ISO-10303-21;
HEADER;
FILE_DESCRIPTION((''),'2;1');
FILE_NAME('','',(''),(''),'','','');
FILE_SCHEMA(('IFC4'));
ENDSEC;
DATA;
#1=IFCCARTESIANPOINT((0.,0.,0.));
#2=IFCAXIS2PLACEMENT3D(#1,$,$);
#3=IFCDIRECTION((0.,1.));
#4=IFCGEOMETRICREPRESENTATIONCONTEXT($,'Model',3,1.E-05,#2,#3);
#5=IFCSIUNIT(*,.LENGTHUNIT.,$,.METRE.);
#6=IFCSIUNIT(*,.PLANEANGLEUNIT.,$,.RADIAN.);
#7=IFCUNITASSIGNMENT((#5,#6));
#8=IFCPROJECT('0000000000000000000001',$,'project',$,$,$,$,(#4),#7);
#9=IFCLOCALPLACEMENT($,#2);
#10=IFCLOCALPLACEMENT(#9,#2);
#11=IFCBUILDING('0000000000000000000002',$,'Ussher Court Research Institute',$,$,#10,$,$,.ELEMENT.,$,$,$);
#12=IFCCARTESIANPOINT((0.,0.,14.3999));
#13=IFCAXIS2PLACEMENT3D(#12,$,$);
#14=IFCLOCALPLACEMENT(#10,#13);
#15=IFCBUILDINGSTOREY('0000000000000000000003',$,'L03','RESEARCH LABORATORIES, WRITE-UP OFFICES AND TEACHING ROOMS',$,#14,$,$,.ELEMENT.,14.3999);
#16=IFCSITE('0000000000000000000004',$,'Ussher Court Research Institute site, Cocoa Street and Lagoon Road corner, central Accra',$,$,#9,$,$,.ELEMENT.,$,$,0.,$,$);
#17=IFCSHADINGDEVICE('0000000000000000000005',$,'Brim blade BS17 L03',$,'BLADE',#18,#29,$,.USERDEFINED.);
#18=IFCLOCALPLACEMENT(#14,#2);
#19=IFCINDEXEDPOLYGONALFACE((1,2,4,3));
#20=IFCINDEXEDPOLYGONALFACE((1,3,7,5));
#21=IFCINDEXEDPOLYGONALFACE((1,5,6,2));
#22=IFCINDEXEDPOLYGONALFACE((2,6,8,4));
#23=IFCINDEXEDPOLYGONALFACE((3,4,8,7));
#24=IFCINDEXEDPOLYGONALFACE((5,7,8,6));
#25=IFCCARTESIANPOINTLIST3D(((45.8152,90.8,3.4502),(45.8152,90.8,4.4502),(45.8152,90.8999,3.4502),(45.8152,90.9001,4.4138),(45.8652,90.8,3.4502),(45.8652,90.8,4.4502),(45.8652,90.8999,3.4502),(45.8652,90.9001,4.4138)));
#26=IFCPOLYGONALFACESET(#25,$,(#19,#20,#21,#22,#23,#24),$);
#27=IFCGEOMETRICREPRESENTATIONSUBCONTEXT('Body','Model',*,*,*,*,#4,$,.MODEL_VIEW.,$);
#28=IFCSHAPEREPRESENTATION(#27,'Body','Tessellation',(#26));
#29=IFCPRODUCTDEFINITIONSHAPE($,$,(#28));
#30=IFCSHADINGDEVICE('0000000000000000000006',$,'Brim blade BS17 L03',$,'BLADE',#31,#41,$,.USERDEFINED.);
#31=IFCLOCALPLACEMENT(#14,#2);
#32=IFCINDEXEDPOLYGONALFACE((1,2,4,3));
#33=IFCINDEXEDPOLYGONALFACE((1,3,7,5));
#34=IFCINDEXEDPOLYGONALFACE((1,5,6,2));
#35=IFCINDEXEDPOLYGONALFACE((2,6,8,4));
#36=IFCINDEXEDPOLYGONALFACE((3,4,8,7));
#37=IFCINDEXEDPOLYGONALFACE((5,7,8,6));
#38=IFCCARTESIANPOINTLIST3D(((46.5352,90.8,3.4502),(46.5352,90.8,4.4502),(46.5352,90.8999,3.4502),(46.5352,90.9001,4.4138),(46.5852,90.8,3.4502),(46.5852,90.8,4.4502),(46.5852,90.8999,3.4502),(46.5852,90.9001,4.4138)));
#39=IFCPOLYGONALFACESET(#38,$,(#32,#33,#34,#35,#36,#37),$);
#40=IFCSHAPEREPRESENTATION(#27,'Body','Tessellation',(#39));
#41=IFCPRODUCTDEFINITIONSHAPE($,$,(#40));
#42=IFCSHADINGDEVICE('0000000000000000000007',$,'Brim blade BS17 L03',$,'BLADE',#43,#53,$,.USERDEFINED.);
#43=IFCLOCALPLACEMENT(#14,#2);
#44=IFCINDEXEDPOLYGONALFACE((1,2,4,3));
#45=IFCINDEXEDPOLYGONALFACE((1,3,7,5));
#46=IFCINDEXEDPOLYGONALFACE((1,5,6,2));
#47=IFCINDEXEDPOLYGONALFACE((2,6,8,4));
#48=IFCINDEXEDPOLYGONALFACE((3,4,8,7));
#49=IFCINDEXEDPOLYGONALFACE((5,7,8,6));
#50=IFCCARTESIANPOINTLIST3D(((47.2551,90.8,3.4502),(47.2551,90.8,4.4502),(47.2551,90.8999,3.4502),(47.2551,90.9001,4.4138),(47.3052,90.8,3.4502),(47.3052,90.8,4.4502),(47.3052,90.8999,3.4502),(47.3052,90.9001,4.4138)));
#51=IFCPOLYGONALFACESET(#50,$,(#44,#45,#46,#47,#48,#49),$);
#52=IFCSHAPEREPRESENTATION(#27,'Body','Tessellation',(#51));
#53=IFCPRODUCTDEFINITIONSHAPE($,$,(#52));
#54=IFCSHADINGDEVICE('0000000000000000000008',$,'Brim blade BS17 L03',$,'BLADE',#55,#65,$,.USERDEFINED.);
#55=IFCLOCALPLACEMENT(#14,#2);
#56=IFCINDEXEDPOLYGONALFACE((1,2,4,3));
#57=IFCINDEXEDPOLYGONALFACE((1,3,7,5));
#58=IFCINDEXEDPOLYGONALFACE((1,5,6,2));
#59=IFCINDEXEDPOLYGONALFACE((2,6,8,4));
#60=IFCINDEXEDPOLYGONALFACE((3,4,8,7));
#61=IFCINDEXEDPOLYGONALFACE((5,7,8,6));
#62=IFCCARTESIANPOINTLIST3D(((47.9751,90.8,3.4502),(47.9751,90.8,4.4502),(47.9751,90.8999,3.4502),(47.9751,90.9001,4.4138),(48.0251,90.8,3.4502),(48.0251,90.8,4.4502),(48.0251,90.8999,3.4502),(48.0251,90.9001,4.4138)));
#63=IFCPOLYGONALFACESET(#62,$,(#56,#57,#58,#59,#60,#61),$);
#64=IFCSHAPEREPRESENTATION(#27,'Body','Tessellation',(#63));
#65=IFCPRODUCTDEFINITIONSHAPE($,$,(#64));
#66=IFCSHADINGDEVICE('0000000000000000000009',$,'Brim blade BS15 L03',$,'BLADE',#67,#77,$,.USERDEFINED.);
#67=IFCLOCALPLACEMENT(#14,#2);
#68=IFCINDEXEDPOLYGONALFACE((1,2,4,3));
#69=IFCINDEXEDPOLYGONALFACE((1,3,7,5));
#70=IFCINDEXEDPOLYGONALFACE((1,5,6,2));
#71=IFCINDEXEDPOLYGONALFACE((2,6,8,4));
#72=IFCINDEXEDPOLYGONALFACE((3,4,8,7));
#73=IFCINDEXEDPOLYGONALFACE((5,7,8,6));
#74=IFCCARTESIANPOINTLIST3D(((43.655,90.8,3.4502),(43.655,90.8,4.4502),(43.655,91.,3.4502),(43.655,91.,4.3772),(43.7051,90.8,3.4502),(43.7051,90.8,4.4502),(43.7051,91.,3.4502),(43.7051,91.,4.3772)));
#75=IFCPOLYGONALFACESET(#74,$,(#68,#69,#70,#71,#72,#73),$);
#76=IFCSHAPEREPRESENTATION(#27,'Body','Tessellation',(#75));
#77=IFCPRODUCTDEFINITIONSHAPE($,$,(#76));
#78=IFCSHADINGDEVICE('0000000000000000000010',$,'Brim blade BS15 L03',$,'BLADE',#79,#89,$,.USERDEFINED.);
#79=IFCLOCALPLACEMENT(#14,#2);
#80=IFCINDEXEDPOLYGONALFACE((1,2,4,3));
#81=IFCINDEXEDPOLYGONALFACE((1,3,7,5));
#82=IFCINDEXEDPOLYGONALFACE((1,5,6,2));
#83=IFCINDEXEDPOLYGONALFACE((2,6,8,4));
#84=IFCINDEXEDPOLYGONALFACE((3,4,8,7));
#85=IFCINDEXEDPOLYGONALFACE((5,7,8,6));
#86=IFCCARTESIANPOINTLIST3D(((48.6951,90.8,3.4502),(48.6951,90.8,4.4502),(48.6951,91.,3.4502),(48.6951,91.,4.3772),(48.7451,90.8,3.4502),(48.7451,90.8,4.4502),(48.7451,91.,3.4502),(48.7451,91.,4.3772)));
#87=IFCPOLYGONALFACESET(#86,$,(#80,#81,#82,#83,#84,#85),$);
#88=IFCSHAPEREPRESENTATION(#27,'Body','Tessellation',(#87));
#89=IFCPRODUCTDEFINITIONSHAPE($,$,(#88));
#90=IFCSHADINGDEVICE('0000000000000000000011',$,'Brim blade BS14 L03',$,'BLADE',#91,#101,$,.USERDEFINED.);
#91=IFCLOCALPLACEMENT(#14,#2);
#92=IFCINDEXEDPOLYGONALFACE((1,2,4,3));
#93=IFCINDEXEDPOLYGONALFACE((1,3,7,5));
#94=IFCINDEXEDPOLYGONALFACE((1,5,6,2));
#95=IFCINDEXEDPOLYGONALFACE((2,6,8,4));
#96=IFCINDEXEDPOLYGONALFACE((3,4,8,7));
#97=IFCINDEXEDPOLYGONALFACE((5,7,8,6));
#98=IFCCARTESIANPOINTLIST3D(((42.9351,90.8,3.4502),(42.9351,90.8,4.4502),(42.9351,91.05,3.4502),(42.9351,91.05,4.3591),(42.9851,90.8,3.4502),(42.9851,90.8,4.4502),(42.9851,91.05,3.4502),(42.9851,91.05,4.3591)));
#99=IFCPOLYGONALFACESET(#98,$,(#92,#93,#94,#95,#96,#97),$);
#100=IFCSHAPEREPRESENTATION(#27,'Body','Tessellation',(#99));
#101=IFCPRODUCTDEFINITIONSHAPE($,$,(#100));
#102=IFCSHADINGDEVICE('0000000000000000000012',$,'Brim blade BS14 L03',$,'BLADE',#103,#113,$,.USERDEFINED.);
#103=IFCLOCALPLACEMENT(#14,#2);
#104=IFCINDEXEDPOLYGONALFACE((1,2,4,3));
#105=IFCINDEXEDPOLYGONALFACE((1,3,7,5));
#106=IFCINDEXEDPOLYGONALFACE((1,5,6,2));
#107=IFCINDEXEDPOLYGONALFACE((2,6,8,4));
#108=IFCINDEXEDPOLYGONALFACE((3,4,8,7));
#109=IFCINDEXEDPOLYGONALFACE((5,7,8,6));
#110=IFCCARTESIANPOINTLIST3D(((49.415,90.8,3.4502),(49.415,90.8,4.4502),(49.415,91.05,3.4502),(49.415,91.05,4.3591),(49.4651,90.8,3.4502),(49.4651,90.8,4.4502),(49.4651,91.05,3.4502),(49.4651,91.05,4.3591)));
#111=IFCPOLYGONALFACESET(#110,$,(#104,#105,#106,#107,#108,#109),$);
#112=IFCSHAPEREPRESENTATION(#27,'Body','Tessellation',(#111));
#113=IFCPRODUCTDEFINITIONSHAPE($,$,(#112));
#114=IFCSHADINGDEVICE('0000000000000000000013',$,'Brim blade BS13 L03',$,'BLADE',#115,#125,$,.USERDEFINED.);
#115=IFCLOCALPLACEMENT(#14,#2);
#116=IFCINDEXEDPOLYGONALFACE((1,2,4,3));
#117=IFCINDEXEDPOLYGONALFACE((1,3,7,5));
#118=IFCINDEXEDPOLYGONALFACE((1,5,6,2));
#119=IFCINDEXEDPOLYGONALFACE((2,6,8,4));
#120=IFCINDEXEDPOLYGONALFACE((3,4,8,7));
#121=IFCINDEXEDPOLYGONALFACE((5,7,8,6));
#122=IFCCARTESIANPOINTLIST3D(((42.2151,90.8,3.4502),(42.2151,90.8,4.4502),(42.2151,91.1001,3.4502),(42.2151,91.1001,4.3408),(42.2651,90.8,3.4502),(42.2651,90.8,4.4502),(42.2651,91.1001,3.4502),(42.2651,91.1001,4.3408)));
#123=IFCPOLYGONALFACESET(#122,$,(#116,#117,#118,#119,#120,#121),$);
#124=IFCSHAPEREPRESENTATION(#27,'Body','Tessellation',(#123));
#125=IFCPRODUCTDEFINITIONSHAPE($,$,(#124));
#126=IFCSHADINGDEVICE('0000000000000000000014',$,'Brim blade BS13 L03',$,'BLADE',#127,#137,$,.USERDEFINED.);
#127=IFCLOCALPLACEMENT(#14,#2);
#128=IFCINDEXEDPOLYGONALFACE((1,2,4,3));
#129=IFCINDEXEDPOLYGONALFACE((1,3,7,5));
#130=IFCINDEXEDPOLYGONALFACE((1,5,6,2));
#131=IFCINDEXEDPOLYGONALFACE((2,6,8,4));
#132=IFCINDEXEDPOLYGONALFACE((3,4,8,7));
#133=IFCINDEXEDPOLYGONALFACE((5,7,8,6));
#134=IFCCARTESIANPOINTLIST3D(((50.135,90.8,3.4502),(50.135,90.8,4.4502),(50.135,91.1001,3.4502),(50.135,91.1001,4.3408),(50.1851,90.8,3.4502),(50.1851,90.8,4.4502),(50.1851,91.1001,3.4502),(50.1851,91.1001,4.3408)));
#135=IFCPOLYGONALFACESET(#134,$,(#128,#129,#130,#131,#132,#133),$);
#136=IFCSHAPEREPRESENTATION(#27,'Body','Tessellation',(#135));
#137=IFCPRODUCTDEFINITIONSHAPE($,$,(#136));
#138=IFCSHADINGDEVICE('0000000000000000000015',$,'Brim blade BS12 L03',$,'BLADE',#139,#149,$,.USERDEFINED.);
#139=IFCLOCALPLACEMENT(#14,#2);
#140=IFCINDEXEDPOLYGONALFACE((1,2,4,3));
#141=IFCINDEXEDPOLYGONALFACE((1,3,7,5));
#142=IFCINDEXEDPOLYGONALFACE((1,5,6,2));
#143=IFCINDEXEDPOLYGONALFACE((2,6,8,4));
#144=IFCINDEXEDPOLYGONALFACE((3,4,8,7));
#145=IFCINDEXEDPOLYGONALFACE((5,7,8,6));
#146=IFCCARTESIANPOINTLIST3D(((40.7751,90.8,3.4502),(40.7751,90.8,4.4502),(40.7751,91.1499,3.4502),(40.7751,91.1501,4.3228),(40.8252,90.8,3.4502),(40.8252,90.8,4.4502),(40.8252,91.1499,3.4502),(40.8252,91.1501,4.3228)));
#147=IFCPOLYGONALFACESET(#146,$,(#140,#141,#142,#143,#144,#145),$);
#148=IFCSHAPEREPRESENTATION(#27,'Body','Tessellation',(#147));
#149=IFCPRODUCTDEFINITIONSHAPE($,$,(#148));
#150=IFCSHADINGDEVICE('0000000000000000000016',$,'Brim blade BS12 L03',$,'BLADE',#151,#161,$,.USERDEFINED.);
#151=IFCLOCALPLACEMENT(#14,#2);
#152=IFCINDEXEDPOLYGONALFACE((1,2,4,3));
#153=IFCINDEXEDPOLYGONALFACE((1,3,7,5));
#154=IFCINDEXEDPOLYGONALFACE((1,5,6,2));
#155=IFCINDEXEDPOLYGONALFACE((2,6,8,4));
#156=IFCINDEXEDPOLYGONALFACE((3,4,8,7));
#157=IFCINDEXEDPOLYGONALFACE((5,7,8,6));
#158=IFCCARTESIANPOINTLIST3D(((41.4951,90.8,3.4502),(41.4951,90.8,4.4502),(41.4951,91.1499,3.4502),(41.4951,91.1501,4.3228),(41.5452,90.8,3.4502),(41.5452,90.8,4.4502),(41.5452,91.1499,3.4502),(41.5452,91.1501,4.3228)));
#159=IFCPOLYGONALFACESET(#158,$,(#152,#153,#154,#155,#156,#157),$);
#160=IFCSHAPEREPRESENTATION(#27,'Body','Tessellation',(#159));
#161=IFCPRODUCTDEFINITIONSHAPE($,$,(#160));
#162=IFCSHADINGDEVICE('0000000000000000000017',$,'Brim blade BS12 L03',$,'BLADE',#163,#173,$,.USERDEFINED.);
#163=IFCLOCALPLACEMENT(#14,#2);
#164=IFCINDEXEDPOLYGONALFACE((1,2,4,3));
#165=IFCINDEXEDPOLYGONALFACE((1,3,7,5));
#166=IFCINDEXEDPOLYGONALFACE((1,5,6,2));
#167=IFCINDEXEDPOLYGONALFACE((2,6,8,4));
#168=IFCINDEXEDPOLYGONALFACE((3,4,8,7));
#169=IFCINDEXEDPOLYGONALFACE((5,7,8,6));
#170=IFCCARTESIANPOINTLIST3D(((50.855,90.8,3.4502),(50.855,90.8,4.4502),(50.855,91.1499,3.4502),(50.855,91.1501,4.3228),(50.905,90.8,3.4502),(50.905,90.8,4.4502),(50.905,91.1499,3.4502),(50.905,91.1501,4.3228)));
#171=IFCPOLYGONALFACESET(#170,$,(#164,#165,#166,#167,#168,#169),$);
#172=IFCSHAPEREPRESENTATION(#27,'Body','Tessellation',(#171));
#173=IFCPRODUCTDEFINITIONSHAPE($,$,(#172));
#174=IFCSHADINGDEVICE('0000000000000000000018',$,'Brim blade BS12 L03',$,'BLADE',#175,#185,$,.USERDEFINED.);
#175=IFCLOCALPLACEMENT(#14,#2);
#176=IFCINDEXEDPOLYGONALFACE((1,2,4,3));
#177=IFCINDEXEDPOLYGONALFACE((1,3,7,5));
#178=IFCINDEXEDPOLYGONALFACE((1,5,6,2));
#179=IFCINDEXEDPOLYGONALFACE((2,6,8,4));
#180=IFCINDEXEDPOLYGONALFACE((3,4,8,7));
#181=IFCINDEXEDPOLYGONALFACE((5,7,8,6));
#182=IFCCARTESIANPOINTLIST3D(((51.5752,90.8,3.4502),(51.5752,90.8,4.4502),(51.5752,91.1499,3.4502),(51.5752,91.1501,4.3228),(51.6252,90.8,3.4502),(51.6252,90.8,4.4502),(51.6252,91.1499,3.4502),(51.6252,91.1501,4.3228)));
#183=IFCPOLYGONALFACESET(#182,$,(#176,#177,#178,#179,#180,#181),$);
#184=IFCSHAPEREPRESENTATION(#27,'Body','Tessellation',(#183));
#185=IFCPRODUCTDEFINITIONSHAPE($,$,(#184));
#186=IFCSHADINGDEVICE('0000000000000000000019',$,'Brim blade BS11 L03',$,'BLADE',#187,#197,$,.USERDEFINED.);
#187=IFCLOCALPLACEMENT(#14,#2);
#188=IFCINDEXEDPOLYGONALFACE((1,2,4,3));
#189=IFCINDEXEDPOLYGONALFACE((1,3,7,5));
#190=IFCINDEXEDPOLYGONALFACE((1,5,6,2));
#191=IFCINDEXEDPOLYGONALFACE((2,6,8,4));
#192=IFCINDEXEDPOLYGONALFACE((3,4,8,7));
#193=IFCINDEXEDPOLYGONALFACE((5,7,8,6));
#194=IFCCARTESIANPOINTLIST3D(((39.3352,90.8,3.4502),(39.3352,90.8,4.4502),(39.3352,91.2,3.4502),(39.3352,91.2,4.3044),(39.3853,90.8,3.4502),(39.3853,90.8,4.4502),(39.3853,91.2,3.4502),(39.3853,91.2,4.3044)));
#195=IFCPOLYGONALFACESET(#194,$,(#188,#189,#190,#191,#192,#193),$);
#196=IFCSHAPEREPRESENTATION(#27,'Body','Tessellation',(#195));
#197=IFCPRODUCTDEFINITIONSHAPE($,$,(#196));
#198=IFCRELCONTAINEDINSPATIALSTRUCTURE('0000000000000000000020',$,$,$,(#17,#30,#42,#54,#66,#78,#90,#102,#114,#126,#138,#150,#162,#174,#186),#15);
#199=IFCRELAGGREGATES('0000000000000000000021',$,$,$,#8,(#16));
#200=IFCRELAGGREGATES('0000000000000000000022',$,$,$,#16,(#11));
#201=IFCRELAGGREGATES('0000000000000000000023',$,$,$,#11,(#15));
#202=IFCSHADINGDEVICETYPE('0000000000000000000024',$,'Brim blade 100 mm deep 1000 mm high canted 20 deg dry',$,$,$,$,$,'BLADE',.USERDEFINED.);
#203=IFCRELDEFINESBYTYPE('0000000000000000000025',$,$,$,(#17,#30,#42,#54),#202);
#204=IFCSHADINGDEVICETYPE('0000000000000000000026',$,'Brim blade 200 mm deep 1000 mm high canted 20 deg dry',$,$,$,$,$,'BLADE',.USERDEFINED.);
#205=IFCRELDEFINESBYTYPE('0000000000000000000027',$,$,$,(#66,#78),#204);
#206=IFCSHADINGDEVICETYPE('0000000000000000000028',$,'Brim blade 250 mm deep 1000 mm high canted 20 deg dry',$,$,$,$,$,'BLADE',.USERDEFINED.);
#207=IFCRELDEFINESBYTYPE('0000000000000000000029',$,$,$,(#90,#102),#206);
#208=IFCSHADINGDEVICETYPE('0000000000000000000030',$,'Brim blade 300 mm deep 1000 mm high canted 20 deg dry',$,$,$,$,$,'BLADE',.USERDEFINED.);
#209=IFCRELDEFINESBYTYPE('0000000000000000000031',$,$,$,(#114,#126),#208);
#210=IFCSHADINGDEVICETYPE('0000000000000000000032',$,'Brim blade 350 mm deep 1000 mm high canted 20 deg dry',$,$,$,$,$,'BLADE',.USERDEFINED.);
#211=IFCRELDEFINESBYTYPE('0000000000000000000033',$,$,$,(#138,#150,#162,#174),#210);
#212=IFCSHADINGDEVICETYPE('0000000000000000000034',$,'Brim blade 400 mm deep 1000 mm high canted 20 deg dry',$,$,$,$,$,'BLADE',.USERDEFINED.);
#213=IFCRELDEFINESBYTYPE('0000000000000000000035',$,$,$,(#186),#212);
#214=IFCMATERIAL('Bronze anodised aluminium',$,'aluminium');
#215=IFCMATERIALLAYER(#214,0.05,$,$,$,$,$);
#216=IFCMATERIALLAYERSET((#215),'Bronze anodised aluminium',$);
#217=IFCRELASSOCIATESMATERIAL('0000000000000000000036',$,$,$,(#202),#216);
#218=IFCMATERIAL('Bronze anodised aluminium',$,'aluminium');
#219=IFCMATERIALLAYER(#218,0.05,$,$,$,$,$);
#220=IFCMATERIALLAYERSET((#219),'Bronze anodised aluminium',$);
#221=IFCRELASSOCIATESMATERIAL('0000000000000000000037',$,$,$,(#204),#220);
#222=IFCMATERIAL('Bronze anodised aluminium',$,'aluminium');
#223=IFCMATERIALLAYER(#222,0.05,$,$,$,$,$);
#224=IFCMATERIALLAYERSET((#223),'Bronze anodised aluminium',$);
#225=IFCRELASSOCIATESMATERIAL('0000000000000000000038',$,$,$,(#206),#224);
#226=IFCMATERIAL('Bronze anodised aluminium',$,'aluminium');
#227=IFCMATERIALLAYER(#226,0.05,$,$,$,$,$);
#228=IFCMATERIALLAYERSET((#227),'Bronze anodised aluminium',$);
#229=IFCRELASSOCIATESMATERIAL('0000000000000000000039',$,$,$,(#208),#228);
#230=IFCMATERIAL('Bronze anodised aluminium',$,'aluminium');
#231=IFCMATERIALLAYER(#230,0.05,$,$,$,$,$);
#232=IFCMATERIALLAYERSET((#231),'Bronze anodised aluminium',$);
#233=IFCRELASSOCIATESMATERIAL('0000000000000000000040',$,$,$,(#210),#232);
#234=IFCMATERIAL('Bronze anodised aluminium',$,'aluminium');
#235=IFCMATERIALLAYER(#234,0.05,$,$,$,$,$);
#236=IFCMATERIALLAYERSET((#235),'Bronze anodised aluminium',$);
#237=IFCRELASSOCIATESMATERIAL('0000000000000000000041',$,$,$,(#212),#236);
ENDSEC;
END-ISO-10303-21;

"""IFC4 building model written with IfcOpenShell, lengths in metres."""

from ifc_helpers import new_model, si_unit, direction, frame, origin, place, context, subcontext, project, spatial, polyline, outline, extrude, material, layer, layer_set, type_object, element, save


model = new_model("IFC4")

# Units and contexts
model_context = context("Model", 3, precision=1e-05, world=origin(), true_north=direction((0.0, 1.0)))
body_context = subcontext(model_context, "Body", "Model", "MODEL_VIEW")
ifc_project = project(units=[si_unit("LENGTHUNIT", "METRE"), si_unit("PLANEANGLEUNIT", "RADIAN")], contexts=[model_context])

# Site, building, storey
site_placement = place(None, origin())
site = spatial("IfcSite", under=ifc_project, at=site_placement, Name="Ussher Court Research Institute site, Cocoa Street and Lagoon Road corner, central Accra", CompositionType="ELEMENT", RefElevation=0.0)
building_placement = place(site_placement, origin())
building = spatial("IfcBuilding", under=site, at=building_placement, Name="Ussher Court Research Institute", CompositionType="ELEMENT")
storey_placement = place(building_placement, frame((0.0, 0.0, 14.3999)))
storey = spatial("IfcBuildingStorey", under=building, at=storey_placement, Name="L03", Description="RESEARCH LABORATORIES, WRITE-UP OFFICES AND TEACHING ROOMS", CompositionType="ELEMENT", Elevation=14.3999)

# Shading devices
ifc_material_1 = material(Name="Bronze anodised aluminium", Category="aluminium")
ifc_layer_1 = layer(ifc_material_1, 0.05)
ifc_layer_set_1 = layer_set([ifc_layer_1], Name="Bronze anodised aluminium")
shading_device_type_1 = type_object("IfcShadingDeviceType", Name="Brim blade 100 mm deep 1000 mm high canted 20 deg dry", ElementType="BLADE", PredefinedType="USERDEFINED", material=ifc_layer_set_1)
for number, where, z_axis, x_axis, name in (
    (1, (45.8401, 90.8, 3.4502), (0.0, 0.0, 1.0), (0.0, 1.0, 0.0), "Brim blade BS17 L03"),
    (2, (46.5601, 90.8, 3.4502), (0.0, 0.0, 1.0), (0.0, 1.0, 0.0), "Brim blade BS17 L03"),
    (3, (47.28, 90.8, 3.4502), (0.0, 0.0, 1.0), (0.0, 1.0, 0.0), "Brim blade BS17 L03"),
    (4, (48.0, 90.8, 3.4502), (0.0, 0.0, 1.0), (0.0, 1.0, 0.0), "Brim blade BS17 L03"),
):
    element("IfcShadingDevice", number, at=place(storey_placement, frame(where, z_axis=z_axis, x_axis=x_axis)), inside=storey, type_object=shading_device_type_1, Name=name, ObjectType="BLADE", PredefinedType="USERDEFINED", context=body_context, shape_type="SweptSolid", body=[
        extrude(outline(polyline([(0.0, 0.0), (0.0999, 0.0), (0.1001, 0.9636), (0.0, 1.0), (0.0, 0.0)])), frame((0.0, 0.0249, 0.0), z_axis=(0.0, -1.0, 0.0), x_axis=(1.0, 0.0, 0.0)), (0.0, 0.0, 1.0), 0.05),
    ])
ifc_material_2 = material(Name="Bronze anodised aluminium", Category="aluminium")
ifc_layer_2 = layer(ifc_material_2, 0.05)
ifc_layer_set_2 = layer_set([ifc_layer_2], Name="Bronze anodised aluminium")
shading_device_type_2 = type_object("IfcShadingDeviceType", Name="Brim blade 200 mm deep 1000 mm high canted 20 deg dry", ElementType="BLADE", PredefinedType="USERDEFINED", material=ifc_layer_set_2)
for number, where, z_axis, x_axis, name in (
    (5, (43.6799, 90.8, 3.4502), (0.0, 0.0, 1.0), (0.0, 1.0, 0.0), "Brim blade BS15 L03"),
    (6, (48.72, 90.8, 3.4502), (0.0, 0.0, 1.0), (0.0, 1.0, 0.0), "Brim blade BS15 L03"),
):
    element("IfcShadingDevice", number, at=place(storey_placement, frame(where, z_axis=z_axis, x_axis=x_axis)), inside=storey, type_object=shading_device_type_2, Name=name, ObjectType="BLADE", PredefinedType="USERDEFINED", context=body_context, shape_type="SweptSolid", body=[
        extrude(outline(polyline([(0.0, 0.0), (0.2, 0.0), (0.2, 0.927), (0.0, 1.0), (0.0, 0.0)])), frame((0.0, 0.0249, 0.0), z_axis=(0.0, -1.0, 0.0), x_axis=(1.0, 0.0, 0.0)), (0.0, 0.0, 1.0), 0.05),
    ])
ifc_material_3 = material(Name="Bronze anodised aluminium", Category="aluminium")
ifc_layer_3 = layer(ifc_material_3, 0.05)
ifc_layer_set_3 = layer_set([ifc_layer_3], Name="Bronze anodised aluminium")
shading_device_type_3 = type_object("IfcShadingDeviceType", Name="Brim blade 250 mm deep 1000 mm high canted 20 deg dry", ElementType="BLADE", PredefinedType="USERDEFINED", material=ifc_layer_set_3)
for number, where, z_axis, x_axis, name in (
    (7, (42.96, 90.8, 3.4502), (0.0, 0.0, 1.0), (0.0, 1.0, 0.0), "Brim blade BS14 L03"),
    (8, (49.4399, 90.8, 3.4502), (0.0, 0.0, 1.0), (0.0, 1.0, 0.0), "Brim blade BS14 L03"),
):
    element("IfcShadingDevice", number, at=place(storey_placement, frame(where, z_axis=z_axis, x_axis=x_axis)), inside=storey, type_object=shading_device_type_3, Name=name, ObjectType="BLADE", PredefinedType="USERDEFINED", context=body_context, shape_type="SweptSolid", body=[
        extrude(outline(polyline([(0.0, 0.0), (0.25, 0.0), (0.25, 0.9089), (0.0, 1.0), (0.0, 0.0)])), frame((0.0, 0.0249, 0.0), z_axis=(0.0, -1.0, 0.0), x_axis=(1.0, 0.0, 0.0)), (0.0, 0.0, 1.0), 0.05),
    ])
ifc_material_4 = material(Name="Bronze anodised aluminium", Category="aluminium")
ifc_layer_4 = layer(ifc_material_4, 0.05)
ifc_layer_set_4 = layer_set([ifc_layer_4], Name="Bronze anodised aluminium")
shading_device_type_4 = type_object("IfcShadingDeviceType", Name="Brim blade 300 mm deep 1000 mm high canted 20 deg dry", ElementType="BLADE", PredefinedType="USERDEFINED", material=ifc_layer_set_4)
for number, where, z_axis, x_axis, name in (
    (9, (42.24, 90.8, 3.4502), (0.0, 0.0, 1.0), (0.0, 1.0, 0.0), "Brim blade BS13 L03"),
    (10, (50.1599, 90.8, 3.4502), (0.0, 0.0, 1.0), (0.0, 1.0, 0.0), "Brim blade BS13 L03"),
):
    element("IfcShadingDevice", number, at=place(storey_placement, frame(where, z_axis=z_axis, x_axis=x_axis)), inside=storey, type_object=shading_device_type_4, Name=name, ObjectType="BLADE", PredefinedType="USERDEFINED", context=body_context, shape_type="SweptSolid", body=[
        extrude(outline(polyline([(0.0, 0.0), (0.3, 0.0), (0.3, 0.8906), (0.0, 1.0), (0.0, 0.0)])), frame((0.0, 0.0249, 0.0), z_axis=(0.0, -1.0, 0.0), x_axis=(1.0, 0.0, 0.0)), (0.0, 0.0, 1.0), 0.05),
    ])
ifc_material_5 = material(Name="Bronze anodised aluminium", Category="aluminium")
ifc_layer_5 = layer(ifc_material_5, 0.05)
ifc_layer_set_5 = layer_set([ifc_layer_5], Name="Bronze anodised aluminium")
shading_device_type_5 = type_object("IfcShadingDeviceType", Name="Brim blade 350 mm deep 1000 mm high canted 20 deg dry", ElementType="BLADE", PredefinedType="USERDEFINED", material=ifc_layer_set_5)
for number, where, z_axis, x_axis, name in (
    (11, (40.8, 90.8, 3.4502), (0.0, 0.0, 1.0), (0.0, 1.0, 0.0), "Brim blade BS12 L03"),
    (12, (41.52, 90.8, 3.4502), (0.0, 0.0, 1.0), (0.0, 1.0, 0.0), "Brim blade BS12 L03"),
    (13, (50.8799, 90.8, 3.4502), (0.0, 0.0, 1.0), (0.0, 1.0, 0.0), "Brim blade BS12 L03"),
    (14, (51.6001, 90.8, 3.4502), (0.0, 0.0, 1.0), (0.0, 1.0, 0.0), "Brim blade BS12 L03"),
):
    element("IfcShadingDevice", number, at=place(storey_placement, frame(where, z_axis=z_axis, x_axis=x_axis)), inside=storey, type_object=shading_device_type_5, Name=name, ObjectType="BLADE", PredefinedType="USERDEFINED", context=body_context, shape_type="SweptSolid", body=[
        extrude(outline(polyline([(0.0, 0.0), (0.3499, 0.0), (0.3501, 0.8726), (0.0, 1.0), (0.0, 0.0)])), frame((0.0, 0.0249, 0.0), z_axis=(0.0, -1.0, 0.0), x_axis=(1.0, 0.0, 0.0)), (0.0, 0.0, 1.0), 0.05),
    ])
ifc_material_6 = material(Name="Bronze anodised aluminium", Category="aluminium")
ifc_layer_6 = layer(ifc_material_6, 0.05)
ifc_layer_set_6 = layer_set([ifc_layer_6], Name="Bronze anodised aluminium")
shading_device_type_6 = type_object("IfcShadingDeviceType", Name="Brim blade 400 mm deep 1000 mm high canted 20 deg dry", ElementType="BLADE", PredefinedType="USERDEFINED", material=ifc_layer_set_6)
for number, where, z_axis, x_axis, name in (
    (15, (39.3601, 90.8, 3.4502), (0.0, 0.0, 1.0), (0.0, 1.0, 0.0), "Brim blade BS11 L03"),
):
    element("IfcShadingDevice", number, at=place(storey_placement, frame(where, z_axis=z_axis, x_axis=x_axis)), inside=storey, type_object=shading_device_type_6, Name=name, ObjectType="BLADE", PredefinedType="USERDEFINED", context=body_context, shape_type="SweptSolid", body=[
        extrude(outline(polyline([(0.0, 0.0), (0.3999, 0.0), (0.3999, 0.8542), (0.0, 1.0), (0.0, 0.0)])), frame((0.0, 0.0249, 0.0), z_axis=(0.0, -1.0, 0.0), x_axis=(1.0, 0.0, 0.0)), (0.0, 0.0, 1.0), 0.05),
    ])

save(model, "model.ifc")
